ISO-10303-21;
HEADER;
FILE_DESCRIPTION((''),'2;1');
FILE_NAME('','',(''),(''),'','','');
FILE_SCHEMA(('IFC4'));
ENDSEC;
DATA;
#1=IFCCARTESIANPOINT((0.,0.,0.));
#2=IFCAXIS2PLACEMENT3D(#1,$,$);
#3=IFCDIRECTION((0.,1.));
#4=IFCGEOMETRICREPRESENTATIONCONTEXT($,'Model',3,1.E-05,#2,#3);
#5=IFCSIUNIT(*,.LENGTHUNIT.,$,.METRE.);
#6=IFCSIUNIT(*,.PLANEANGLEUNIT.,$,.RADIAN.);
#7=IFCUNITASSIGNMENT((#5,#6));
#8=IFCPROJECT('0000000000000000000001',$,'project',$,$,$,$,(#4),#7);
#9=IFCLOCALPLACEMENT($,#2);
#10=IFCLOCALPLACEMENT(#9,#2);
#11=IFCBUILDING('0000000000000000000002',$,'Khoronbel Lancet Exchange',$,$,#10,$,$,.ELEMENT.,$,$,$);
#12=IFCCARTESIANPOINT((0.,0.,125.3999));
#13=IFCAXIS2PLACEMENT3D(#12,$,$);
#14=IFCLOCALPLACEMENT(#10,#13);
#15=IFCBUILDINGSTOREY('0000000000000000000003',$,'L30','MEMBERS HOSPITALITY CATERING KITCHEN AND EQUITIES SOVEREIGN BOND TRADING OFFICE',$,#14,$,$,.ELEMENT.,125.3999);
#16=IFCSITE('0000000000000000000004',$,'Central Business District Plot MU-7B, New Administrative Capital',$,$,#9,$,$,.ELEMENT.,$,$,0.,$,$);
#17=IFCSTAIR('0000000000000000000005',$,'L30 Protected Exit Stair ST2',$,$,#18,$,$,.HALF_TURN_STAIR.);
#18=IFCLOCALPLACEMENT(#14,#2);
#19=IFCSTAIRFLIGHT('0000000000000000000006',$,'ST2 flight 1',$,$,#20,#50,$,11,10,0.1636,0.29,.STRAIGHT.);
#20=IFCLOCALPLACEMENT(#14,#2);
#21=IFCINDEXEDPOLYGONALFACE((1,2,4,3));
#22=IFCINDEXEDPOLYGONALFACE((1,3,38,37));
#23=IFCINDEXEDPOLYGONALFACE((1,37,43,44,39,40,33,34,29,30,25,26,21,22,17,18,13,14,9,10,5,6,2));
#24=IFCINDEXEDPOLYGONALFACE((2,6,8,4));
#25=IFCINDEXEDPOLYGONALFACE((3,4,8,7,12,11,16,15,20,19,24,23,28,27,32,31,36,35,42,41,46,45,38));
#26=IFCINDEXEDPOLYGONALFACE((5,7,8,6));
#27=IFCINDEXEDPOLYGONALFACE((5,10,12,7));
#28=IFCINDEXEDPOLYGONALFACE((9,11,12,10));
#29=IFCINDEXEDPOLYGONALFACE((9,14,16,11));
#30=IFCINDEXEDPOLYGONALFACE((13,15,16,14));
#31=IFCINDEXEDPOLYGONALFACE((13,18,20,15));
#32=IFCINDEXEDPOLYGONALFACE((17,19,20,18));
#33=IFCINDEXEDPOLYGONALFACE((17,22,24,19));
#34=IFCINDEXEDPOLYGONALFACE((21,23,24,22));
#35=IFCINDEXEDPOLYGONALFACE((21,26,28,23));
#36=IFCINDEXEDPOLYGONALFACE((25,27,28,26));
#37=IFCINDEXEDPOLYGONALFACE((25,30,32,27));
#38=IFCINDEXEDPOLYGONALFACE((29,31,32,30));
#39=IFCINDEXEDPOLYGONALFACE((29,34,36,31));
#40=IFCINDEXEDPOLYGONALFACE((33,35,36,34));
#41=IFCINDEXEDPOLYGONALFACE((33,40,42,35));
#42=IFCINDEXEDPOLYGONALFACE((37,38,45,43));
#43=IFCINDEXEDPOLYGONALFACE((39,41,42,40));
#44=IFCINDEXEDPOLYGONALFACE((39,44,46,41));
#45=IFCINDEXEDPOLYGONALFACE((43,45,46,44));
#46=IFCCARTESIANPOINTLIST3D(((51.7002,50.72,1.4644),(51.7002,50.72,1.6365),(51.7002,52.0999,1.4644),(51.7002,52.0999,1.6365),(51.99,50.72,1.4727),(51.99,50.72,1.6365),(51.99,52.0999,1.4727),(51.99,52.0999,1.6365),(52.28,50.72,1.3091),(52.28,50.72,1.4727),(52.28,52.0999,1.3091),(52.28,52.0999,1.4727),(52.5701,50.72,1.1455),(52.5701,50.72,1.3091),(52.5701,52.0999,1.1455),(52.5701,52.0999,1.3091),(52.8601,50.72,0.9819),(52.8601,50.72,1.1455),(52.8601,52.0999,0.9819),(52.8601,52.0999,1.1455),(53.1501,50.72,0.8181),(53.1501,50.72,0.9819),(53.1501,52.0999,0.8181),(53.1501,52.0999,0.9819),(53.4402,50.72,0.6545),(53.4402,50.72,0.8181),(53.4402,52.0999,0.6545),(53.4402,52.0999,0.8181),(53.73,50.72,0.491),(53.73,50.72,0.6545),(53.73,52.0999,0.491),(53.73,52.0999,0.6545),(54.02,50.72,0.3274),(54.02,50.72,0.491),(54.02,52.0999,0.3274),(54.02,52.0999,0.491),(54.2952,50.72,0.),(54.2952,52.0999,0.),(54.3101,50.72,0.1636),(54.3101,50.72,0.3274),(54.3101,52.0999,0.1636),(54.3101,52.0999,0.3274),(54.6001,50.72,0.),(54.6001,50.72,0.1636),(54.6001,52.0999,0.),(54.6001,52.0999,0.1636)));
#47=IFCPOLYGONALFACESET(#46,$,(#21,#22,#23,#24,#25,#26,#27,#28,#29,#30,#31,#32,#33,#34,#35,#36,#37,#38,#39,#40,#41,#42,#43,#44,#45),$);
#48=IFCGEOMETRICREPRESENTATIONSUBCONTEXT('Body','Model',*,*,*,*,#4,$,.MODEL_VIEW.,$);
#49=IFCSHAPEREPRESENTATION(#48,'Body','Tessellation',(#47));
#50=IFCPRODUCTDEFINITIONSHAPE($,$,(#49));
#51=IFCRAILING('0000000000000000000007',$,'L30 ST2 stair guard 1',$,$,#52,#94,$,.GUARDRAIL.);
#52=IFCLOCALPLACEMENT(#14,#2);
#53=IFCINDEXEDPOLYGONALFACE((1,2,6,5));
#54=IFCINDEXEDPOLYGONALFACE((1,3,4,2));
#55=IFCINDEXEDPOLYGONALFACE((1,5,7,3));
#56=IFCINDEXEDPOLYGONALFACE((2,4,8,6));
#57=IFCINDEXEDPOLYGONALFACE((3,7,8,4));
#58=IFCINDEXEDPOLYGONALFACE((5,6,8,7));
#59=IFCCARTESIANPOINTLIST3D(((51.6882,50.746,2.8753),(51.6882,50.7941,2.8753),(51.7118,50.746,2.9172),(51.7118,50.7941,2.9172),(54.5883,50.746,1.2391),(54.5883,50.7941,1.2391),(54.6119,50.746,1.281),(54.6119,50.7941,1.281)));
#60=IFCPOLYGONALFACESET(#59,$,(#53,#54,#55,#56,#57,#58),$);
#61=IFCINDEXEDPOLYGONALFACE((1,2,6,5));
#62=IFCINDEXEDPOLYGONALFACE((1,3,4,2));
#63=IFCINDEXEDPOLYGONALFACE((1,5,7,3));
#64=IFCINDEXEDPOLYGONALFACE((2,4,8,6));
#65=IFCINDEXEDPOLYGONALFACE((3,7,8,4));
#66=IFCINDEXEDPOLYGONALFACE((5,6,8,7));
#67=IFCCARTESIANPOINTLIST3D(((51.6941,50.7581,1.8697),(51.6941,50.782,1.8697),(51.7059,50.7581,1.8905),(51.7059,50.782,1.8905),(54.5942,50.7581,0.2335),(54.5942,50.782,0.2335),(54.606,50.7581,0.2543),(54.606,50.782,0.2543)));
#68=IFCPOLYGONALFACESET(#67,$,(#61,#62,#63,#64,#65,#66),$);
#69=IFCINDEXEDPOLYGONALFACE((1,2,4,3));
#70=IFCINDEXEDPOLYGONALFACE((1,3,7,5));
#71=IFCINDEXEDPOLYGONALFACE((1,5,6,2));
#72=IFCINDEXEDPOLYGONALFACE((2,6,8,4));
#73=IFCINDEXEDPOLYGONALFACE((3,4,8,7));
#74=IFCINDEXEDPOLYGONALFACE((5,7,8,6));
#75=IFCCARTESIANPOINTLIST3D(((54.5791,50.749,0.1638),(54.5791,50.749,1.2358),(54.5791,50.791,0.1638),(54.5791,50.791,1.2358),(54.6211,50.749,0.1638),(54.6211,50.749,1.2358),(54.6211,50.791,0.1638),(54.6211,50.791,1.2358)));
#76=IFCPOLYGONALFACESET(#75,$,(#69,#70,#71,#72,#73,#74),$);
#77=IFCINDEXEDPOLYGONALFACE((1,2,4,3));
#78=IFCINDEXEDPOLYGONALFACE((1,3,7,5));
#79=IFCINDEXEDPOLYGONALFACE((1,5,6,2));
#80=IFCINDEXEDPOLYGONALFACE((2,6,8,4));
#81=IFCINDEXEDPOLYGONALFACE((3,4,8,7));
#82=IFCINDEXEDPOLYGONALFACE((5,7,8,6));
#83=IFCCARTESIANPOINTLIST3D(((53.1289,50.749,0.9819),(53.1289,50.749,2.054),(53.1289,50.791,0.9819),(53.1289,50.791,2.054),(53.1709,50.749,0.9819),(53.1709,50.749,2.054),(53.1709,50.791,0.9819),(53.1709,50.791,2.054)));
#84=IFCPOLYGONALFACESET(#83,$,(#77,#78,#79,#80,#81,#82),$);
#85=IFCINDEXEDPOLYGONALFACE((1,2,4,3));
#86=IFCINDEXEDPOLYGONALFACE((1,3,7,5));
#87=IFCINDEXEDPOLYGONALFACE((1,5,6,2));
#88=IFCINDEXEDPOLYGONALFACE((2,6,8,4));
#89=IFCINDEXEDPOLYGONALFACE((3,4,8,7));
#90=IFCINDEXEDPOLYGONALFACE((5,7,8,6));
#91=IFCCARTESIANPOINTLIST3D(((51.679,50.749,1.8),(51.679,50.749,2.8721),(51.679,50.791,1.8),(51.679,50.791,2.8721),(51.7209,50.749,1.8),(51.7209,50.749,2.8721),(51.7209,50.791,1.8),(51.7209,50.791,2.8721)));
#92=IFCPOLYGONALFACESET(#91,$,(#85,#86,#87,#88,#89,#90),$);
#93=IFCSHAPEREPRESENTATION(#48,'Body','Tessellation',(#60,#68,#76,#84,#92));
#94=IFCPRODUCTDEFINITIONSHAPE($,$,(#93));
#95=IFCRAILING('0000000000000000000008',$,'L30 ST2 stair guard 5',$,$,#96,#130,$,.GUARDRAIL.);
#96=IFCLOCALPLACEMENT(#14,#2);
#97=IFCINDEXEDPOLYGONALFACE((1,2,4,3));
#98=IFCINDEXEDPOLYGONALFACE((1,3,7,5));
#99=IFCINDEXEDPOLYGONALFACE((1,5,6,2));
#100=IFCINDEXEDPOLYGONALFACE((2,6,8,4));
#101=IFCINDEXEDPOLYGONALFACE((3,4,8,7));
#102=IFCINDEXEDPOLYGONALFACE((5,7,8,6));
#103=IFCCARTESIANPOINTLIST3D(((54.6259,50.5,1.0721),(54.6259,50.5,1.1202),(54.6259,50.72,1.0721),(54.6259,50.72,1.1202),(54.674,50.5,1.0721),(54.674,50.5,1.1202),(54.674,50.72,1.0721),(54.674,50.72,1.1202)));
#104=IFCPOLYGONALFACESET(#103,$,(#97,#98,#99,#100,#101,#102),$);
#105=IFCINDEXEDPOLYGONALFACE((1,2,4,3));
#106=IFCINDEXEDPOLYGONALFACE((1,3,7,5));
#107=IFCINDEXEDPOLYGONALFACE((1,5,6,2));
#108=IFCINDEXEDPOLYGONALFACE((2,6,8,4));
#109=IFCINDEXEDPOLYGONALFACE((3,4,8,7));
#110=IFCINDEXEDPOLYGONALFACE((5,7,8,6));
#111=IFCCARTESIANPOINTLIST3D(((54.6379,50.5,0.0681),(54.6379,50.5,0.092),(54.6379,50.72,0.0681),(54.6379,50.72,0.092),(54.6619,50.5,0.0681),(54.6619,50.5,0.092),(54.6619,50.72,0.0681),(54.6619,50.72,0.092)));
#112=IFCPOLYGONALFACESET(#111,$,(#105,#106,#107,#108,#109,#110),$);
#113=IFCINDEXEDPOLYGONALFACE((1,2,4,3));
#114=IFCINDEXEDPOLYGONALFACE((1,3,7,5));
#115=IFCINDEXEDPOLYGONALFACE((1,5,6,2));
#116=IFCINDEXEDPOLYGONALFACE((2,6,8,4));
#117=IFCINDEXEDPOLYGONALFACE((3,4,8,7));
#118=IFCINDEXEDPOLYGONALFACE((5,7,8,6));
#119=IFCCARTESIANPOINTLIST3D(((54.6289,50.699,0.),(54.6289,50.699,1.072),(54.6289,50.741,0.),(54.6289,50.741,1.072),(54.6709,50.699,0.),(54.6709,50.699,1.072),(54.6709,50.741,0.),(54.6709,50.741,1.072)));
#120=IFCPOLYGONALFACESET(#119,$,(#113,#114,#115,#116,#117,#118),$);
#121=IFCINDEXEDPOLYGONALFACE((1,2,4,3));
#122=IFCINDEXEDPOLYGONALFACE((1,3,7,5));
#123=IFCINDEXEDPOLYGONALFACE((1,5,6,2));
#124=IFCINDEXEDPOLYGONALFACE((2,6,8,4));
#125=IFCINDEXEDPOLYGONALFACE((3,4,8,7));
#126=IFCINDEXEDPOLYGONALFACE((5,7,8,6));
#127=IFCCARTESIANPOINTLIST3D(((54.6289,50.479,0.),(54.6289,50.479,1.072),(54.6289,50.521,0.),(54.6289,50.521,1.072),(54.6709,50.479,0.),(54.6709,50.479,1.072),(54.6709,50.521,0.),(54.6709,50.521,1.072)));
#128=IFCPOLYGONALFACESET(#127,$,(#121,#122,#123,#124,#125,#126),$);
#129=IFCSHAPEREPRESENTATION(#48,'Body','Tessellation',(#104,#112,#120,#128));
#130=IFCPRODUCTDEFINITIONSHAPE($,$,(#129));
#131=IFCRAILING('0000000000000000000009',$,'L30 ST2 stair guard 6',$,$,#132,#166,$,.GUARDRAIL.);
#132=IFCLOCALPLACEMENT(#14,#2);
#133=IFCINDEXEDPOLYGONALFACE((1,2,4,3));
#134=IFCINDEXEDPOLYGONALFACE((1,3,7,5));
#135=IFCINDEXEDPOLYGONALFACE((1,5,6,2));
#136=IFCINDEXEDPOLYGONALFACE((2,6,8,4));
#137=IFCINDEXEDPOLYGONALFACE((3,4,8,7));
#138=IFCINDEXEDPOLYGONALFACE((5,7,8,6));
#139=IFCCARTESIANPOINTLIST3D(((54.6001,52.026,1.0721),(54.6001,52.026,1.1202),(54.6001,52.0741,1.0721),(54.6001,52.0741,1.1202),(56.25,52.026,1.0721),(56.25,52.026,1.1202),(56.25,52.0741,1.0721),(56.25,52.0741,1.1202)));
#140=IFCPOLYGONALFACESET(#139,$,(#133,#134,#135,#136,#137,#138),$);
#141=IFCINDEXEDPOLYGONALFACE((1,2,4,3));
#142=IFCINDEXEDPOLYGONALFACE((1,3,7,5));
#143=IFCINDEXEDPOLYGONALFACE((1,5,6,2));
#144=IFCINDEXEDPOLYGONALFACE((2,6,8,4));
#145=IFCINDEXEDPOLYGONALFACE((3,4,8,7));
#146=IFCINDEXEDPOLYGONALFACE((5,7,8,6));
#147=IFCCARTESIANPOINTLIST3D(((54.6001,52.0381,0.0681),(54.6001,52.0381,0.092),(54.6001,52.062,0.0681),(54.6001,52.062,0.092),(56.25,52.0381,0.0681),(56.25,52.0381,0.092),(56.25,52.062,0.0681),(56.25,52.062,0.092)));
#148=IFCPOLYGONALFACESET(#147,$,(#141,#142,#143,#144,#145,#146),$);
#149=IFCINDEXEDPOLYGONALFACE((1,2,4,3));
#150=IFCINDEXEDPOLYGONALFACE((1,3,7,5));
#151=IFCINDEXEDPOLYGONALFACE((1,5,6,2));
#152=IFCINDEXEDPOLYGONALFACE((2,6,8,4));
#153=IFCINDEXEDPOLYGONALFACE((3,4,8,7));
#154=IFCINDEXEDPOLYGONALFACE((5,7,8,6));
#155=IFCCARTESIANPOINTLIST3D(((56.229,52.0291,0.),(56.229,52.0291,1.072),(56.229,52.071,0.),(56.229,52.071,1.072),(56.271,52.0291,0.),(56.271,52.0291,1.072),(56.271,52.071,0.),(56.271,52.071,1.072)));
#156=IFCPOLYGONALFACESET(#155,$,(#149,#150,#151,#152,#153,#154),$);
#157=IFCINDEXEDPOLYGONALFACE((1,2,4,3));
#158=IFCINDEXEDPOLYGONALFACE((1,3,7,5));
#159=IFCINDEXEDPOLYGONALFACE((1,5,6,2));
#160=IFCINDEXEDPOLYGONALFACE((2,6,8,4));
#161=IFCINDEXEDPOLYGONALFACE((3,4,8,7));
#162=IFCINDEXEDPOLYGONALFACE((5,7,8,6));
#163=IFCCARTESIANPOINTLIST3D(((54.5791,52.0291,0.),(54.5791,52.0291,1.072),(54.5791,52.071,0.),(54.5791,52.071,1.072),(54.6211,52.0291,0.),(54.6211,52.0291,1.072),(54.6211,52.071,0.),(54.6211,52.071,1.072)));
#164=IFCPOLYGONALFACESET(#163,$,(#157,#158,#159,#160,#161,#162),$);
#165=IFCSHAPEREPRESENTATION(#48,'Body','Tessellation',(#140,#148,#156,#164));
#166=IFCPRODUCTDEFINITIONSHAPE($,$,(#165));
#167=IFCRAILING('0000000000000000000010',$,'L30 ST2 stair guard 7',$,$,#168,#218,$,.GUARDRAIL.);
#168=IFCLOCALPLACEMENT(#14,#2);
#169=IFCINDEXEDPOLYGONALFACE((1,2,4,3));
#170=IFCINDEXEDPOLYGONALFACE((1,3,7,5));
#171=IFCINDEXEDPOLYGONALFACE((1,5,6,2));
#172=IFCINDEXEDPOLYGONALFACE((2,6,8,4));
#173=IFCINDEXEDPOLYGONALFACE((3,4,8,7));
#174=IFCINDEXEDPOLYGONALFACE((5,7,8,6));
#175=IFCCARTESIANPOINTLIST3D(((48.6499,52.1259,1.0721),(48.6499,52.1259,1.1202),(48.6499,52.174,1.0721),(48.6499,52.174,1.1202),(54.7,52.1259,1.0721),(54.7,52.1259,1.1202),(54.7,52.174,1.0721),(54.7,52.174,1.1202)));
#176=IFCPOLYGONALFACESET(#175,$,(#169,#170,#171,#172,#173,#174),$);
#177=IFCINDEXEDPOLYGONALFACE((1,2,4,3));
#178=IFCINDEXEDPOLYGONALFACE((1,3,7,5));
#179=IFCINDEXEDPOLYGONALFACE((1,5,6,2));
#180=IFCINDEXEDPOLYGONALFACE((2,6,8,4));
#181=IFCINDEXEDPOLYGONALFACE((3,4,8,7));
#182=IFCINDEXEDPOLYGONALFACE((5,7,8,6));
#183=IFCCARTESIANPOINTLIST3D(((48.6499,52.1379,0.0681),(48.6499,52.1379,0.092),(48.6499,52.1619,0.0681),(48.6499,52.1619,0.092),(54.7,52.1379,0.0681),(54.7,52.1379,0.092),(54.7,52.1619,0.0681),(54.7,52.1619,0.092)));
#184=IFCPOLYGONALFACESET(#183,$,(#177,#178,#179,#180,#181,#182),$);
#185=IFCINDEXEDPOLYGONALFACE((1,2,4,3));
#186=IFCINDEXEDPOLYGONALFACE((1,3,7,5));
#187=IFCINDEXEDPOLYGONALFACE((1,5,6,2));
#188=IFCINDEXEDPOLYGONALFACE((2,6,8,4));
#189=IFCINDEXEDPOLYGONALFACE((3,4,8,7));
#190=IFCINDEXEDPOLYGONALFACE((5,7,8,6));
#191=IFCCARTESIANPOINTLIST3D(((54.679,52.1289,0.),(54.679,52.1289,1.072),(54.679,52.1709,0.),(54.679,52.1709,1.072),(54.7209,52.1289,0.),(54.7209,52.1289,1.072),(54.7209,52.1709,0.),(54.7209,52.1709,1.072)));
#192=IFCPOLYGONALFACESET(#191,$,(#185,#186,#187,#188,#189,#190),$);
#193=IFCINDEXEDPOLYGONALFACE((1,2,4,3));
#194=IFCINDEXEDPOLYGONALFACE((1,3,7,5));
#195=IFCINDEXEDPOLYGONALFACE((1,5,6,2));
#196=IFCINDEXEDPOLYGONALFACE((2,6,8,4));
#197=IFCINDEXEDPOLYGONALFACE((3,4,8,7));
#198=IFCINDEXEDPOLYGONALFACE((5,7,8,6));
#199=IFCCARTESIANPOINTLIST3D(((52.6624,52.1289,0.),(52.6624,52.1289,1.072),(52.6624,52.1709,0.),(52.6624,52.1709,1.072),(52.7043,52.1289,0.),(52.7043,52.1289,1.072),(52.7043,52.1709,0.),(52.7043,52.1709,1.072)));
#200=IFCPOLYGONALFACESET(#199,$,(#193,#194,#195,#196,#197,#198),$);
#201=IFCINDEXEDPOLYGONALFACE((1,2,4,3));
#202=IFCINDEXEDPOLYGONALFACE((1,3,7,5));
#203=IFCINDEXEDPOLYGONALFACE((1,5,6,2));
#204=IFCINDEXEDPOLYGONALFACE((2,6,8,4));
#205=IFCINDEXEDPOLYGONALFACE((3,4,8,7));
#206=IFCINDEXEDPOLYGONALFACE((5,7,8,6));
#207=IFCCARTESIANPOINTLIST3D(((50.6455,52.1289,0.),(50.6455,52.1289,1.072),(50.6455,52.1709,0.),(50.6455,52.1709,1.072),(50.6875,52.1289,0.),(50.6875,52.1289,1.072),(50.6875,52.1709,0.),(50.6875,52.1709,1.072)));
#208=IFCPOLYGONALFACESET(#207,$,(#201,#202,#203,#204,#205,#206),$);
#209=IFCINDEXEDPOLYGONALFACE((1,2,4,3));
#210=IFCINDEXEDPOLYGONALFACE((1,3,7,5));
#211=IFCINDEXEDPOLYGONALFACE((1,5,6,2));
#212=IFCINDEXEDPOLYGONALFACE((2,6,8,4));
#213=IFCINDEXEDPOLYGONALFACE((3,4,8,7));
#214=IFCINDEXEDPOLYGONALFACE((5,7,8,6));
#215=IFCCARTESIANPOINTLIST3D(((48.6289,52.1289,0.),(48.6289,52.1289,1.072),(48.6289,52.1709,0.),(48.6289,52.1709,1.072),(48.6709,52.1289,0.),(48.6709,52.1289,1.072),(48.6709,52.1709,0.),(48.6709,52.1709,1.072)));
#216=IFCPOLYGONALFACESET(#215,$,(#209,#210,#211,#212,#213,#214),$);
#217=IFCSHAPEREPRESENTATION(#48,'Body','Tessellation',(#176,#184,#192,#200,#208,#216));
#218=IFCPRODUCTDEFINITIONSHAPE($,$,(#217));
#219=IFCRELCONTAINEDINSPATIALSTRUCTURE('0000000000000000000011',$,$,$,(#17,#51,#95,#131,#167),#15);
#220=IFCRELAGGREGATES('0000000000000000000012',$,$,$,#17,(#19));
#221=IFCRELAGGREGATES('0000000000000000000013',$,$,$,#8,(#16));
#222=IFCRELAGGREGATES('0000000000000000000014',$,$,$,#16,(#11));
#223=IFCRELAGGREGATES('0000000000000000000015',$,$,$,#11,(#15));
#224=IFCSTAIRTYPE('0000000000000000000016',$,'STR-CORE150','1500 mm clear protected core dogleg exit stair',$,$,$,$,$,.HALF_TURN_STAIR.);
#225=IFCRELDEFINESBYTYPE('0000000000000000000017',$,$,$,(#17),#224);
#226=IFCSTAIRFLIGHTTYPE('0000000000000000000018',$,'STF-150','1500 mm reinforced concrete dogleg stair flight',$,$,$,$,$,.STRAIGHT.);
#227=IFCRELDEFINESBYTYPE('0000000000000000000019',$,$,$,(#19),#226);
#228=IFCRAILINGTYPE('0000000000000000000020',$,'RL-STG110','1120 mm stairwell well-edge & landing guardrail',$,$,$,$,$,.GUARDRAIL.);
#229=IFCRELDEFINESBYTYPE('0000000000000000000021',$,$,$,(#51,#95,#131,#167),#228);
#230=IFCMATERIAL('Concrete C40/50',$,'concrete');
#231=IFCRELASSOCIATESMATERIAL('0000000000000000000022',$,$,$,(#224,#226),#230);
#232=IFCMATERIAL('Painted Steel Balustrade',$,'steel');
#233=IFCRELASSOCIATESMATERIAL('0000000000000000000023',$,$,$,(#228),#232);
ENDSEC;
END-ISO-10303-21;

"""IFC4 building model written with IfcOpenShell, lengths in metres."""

from ifc_helpers import new_model, si_unit, direction, frame, origin, origin_2d, place, context, subcontext, project, spatial, polyline, rectangle, outline, extrude, material, type_object, element, aggregate, save


model = new_model("IFC4")

# Units and contexts
model_context = context("Model", 3, precision=1e-05, world=origin(), true_north=direction((0.0, 1.0)))
body_context = subcontext(model_context, "Body", "Model", "MODEL_VIEW")
ifc_project = project(units=[si_unit("LENGTHUNIT", "METRE"), si_unit("PLANEANGLEUNIT", "RADIAN")], contexts=[model_context])

# Site, building, storey
site_placement = place(None, origin())
site = spatial("IfcSite", under=ifc_project, at=site_placement, Name="Central Business District Plot MU-7B, New Administrative Capital", CompositionType="ELEMENT", RefElevation=0.0)
building_placement = place(site_placement, origin())
building = spatial("IfcBuilding", under=site, at=building_placement, Name="Khoronbel Lancet Exchange", CompositionType="ELEMENT")
storey_placement = place(building_placement, frame((0.0, 0.0, 125.3999)))
storey = spatial("IfcBuildingStorey", under=building, at=storey_placement, Name="L30", Description="MEMBERS HOSPITALITY CATERING KITCHEN AND EQUITIES SOVEREIGN BOND TRADING OFFICE", CompositionType="ELEMENT", Elevation=125.3999)

# Stair, stair flight
ifc_material_1 = material(Name="Concrete C40/50", Category="concrete")
stair_type = type_object("IfcStairType", Name="STR-CORE150", Description="1500 mm clear protected core dogleg exit stair", PredefinedType="HALF_TURN_STAIR", material=ifc_material_1)
stair_placement = place(storey_placement, origin())
stair = element("IfcStair", 1, at=stair_placement, inside=storey, type_object=stair_type, Name="L30 Protected Exit Stair ST2", PredefinedType="HALF_TURN_STAIR")
stair_flight_type = type_object("IfcStairFlightType", Name="STF-150", Description="1500 mm reinforced concrete dogleg stair flight", PredefinedType="STRAIGHT", material=ifc_material_1)
stair_flight_placement = place(storey_placement, frame((54.6001, 51.4099, 0.0), z_axis=(0.0, 0.0, 1.0), x_axis=(-1.0, 0.0, 0.0)))
stair_flight = element("IfcStairFlight", 2, at=stair_flight_placement, type_object=stair_flight_type, Name="ST2 flight 1", NumberOfRisers=11, NumberOfTreads=10, PredefinedType="STRAIGHT", RiserHeight=0.1636, TreadLength=0.29, context=body_context, shape_type="SweptSolid", body=[
    extrude(outline(polyline([(0.0, 0.0), (0.0, 0.1636), (0.29, 0.1636), (0.29, 0.3274), (0.5801, 0.3274), (0.5801, 0.491), (0.8701, 0.491), (0.8701, 0.6545), (1.1599, 0.6545), (1.1599, 0.8181), (1.45, 0.8181), (1.45, 0.9819), (1.74, 0.9819), (1.74, 1.1455), (2.03, 1.1455), (2.03, 1.3091), (2.3201, 1.3091), (2.3201, 1.4727), (2.6101, 1.4727), (2.6101, 1.6365), (2.8999, 1.6365), (2.8999, 1.8), (2.8999, 1.4644), (0.3049, 0.0), (0.0, 0.0)])), frame((0.0, 0.6899, 0.0), z_axis=(0.0, -1.0, 0.0), x_axis=(1.0, 0.0, 0.0)), (0.0, 0.0, 1.0), 1.3799),
])
aggregate(stair, [stair_flight])

# Railings
ifc_material_2 = material(Name="Painted Steel Balustrade", Category="steel")
railing_type_1 = type_object("IfcRailingType", Name="RL-STG110", Description="1120 mm stairwell well-edge & landing guardrail", PredefinedType="GUARDRAIL", material=ifc_material_2)
railing_1_placement = place(storey_placement, frame((54.6001, 50.77, 0.1638)))
element("IfcRailing", 3, at=railing_1_placement, inside=storey, type_object=railing_type_1, Name="L30 ST2 stair guard 1", PredefinedType="GUARDRAIL", context=body_context, shape_type="SweptSolid", body=[
    extrude(rectangle(XDim=0.0481, YDim=0.0481, at=origin_2d()), frame((0.0, 0.0, 1.0962), z_axis=(-0.870946, 0.0, 0.491378), x_axis=(0.0, -1.0, 0.0)), (0.0, 0.0, 1.0), 3.3298),
    extrude(rectangle(XDim=0.0239, YDim=0.0239, at=origin_2d()), frame((0.0, 0.0, 0.0801), z_axis=(-0.870946, 0.0, 0.491378), x_axis=(0.0, -1.0, 0.0)), (0.0, 0.0, 1.0), 3.3298),
    extrude(rectangle(XDim=0.042, YDim=0.042, at=origin_2d()), origin(), (0.0, 0.0, 1.0), 1.072),
    extrude(rectangle(XDim=0.042, YDim=0.042, at=origin_2d()), frame((-1.4502, 0.0, 0.8181)), (0.0, 0.0, 1.0), 1.072),
    extrude(rectangle(XDim=0.042, YDim=0.042, at=origin_2d()), frame((-2.9001, 0.0, 1.6362)), (0.0, 0.0, 1.0), 1.072),
])
railing_2_placement = place(storey_placement, frame((54.6499, 50.72, 0.0)))
element("IfcRailing", 4, at=railing_2_placement, inside=storey, type_object=railing_type_1, Name="L30 ST2 stair guard 5", PredefinedType="GUARDRAIL", context=body_context, shape_type="SweptSolid", body=[
    extrude(rectangle(XDim=0.0481, YDim=0.0481, at=origin_2d()), frame((0.0, 0.0, 1.0962), z_axis=(0.0, -1.0, 0.0), x_axis=(1.0, 0.0, 0.0)), (0.0, 0.0, 1.0), 0.22),
    extrude(rectangle(XDim=0.0239, YDim=0.0239, at=origin_2d()), frame((0.0, 0.0, 0.0801), z_axis=(0.0, -1.0, 0.0), x_axis=(1.0, 0.0, 0.0)), (0.0, 0.0, 1.0), 0.22),
    extrude(rectangle(XDim=0.042, YDim=0.042, at=origin_2d()), origin(), (0.0, 0.0, 1.0), 1.072),
    extrude(rectangle(XDim=0.042, YDim=0.042, at=origin_2d()), frame((0.0, -0.22, 0.0)), (0.0, 0.0, 1.0), 1.072),
])
railing_3_placement = place(storey_placement, frame((56.25, 52.05, 0.0)))
element("IfcRailing", 5, at=railing_3_placement, inside=storey, type_object=railing_type_1, Name="L30 ST2 stair guard 6", PredefinedType="GUARDRAIL", context=body_context, shape_type="SweptSolid", body=[
    extrude(rectangle(XDim=0.0481, YDim=0.0481, at=origin_2d()), frame((0.0, 0.0, 1.0962), z_axis=(-1.0, 0.0, 0.0), x_axis=(0.0, -1.0, 0.0)), (0.0, 0.0, 1.0), 1.6499),
    extrude(rectangle(XDim=0.0239, YDim=0.0239, at=origin_2d()), frame((0.0, 0.0, 0.0801), z_axis=(-1.0, 0.0, 0.0), x_axis=(0.0, -1.0, 0.0)), (0.0, 0.0, 1.0), 1.6499),
    extrude(rectangle(XDim=0.042, YDim=0.042, at=origin_2d()), origin(), (0.0, 0.0, 1.0), 1.072),
    extrude(rectangle(XDim=0.042, YDim=0.042, at=origin_2d()), frame((-1.6499, 0.0, 0.0)), (0.0, 0.0, 1.0), 1.072),
])
railing_4_placement = place(storey_placement, frame((54.7, 52.1499, 0.0)))
element("IfcRailing", 6, at=railing_4_placement, inside=storey, type_object=railing_type_1, Name="L30 ST2 stair guard 7", PredefinedType="GUARDRAIL", context=body_context, shape_type="SweptSolid", body=[
    extrude(rectangle(XDim=0.0481, YDim=0.0481, at=origin_2d()), frame((0.0, 0.0, 1.0962), z_axis=(-1.0, 0.0, 0.0), x_axis=(0.0, -1.0, 0.0)), (0.0, 0.0, 1.0), 6.05),
    extrude(rectangle(XDim=0.0239, YDim=0.0239, at=origin_2d()), frame((0.0, 0.0, 0.0801), z_axis=(-1.0, 0.0, 0.0), x_axis=(0.0, -1.0, 0.0)), (0.0, 0.0, 1.0), 6.05),
    extrude(rectangle(XDim=0.042, YDim=0.042, at=origin_2d()), origin(), (0.0, 0.0, 1.0), 1.072),
    extrude(rectangle(XDim=0.042, YDim=0.042, at=origin_2d()), frame((-2.0166, 0.0, 0.0)), (0.0, 0.0, 1.0), 1.072),
    extrude(rectangle(XDim=0.042, YDim=0.042, at=origin_2d()), frame((-4.0334, 0.0, 0.0)), (0.0, 0.0, 1.0), 1.072),
    extrude(rectangle(XDim=0.042, YDim=0.042, at=origin_2d()), frame((-6.05, 0.0, 0.0)), (0.0, 0.0, 1.0), 1.072),
])

save(model, "model.ifc")
